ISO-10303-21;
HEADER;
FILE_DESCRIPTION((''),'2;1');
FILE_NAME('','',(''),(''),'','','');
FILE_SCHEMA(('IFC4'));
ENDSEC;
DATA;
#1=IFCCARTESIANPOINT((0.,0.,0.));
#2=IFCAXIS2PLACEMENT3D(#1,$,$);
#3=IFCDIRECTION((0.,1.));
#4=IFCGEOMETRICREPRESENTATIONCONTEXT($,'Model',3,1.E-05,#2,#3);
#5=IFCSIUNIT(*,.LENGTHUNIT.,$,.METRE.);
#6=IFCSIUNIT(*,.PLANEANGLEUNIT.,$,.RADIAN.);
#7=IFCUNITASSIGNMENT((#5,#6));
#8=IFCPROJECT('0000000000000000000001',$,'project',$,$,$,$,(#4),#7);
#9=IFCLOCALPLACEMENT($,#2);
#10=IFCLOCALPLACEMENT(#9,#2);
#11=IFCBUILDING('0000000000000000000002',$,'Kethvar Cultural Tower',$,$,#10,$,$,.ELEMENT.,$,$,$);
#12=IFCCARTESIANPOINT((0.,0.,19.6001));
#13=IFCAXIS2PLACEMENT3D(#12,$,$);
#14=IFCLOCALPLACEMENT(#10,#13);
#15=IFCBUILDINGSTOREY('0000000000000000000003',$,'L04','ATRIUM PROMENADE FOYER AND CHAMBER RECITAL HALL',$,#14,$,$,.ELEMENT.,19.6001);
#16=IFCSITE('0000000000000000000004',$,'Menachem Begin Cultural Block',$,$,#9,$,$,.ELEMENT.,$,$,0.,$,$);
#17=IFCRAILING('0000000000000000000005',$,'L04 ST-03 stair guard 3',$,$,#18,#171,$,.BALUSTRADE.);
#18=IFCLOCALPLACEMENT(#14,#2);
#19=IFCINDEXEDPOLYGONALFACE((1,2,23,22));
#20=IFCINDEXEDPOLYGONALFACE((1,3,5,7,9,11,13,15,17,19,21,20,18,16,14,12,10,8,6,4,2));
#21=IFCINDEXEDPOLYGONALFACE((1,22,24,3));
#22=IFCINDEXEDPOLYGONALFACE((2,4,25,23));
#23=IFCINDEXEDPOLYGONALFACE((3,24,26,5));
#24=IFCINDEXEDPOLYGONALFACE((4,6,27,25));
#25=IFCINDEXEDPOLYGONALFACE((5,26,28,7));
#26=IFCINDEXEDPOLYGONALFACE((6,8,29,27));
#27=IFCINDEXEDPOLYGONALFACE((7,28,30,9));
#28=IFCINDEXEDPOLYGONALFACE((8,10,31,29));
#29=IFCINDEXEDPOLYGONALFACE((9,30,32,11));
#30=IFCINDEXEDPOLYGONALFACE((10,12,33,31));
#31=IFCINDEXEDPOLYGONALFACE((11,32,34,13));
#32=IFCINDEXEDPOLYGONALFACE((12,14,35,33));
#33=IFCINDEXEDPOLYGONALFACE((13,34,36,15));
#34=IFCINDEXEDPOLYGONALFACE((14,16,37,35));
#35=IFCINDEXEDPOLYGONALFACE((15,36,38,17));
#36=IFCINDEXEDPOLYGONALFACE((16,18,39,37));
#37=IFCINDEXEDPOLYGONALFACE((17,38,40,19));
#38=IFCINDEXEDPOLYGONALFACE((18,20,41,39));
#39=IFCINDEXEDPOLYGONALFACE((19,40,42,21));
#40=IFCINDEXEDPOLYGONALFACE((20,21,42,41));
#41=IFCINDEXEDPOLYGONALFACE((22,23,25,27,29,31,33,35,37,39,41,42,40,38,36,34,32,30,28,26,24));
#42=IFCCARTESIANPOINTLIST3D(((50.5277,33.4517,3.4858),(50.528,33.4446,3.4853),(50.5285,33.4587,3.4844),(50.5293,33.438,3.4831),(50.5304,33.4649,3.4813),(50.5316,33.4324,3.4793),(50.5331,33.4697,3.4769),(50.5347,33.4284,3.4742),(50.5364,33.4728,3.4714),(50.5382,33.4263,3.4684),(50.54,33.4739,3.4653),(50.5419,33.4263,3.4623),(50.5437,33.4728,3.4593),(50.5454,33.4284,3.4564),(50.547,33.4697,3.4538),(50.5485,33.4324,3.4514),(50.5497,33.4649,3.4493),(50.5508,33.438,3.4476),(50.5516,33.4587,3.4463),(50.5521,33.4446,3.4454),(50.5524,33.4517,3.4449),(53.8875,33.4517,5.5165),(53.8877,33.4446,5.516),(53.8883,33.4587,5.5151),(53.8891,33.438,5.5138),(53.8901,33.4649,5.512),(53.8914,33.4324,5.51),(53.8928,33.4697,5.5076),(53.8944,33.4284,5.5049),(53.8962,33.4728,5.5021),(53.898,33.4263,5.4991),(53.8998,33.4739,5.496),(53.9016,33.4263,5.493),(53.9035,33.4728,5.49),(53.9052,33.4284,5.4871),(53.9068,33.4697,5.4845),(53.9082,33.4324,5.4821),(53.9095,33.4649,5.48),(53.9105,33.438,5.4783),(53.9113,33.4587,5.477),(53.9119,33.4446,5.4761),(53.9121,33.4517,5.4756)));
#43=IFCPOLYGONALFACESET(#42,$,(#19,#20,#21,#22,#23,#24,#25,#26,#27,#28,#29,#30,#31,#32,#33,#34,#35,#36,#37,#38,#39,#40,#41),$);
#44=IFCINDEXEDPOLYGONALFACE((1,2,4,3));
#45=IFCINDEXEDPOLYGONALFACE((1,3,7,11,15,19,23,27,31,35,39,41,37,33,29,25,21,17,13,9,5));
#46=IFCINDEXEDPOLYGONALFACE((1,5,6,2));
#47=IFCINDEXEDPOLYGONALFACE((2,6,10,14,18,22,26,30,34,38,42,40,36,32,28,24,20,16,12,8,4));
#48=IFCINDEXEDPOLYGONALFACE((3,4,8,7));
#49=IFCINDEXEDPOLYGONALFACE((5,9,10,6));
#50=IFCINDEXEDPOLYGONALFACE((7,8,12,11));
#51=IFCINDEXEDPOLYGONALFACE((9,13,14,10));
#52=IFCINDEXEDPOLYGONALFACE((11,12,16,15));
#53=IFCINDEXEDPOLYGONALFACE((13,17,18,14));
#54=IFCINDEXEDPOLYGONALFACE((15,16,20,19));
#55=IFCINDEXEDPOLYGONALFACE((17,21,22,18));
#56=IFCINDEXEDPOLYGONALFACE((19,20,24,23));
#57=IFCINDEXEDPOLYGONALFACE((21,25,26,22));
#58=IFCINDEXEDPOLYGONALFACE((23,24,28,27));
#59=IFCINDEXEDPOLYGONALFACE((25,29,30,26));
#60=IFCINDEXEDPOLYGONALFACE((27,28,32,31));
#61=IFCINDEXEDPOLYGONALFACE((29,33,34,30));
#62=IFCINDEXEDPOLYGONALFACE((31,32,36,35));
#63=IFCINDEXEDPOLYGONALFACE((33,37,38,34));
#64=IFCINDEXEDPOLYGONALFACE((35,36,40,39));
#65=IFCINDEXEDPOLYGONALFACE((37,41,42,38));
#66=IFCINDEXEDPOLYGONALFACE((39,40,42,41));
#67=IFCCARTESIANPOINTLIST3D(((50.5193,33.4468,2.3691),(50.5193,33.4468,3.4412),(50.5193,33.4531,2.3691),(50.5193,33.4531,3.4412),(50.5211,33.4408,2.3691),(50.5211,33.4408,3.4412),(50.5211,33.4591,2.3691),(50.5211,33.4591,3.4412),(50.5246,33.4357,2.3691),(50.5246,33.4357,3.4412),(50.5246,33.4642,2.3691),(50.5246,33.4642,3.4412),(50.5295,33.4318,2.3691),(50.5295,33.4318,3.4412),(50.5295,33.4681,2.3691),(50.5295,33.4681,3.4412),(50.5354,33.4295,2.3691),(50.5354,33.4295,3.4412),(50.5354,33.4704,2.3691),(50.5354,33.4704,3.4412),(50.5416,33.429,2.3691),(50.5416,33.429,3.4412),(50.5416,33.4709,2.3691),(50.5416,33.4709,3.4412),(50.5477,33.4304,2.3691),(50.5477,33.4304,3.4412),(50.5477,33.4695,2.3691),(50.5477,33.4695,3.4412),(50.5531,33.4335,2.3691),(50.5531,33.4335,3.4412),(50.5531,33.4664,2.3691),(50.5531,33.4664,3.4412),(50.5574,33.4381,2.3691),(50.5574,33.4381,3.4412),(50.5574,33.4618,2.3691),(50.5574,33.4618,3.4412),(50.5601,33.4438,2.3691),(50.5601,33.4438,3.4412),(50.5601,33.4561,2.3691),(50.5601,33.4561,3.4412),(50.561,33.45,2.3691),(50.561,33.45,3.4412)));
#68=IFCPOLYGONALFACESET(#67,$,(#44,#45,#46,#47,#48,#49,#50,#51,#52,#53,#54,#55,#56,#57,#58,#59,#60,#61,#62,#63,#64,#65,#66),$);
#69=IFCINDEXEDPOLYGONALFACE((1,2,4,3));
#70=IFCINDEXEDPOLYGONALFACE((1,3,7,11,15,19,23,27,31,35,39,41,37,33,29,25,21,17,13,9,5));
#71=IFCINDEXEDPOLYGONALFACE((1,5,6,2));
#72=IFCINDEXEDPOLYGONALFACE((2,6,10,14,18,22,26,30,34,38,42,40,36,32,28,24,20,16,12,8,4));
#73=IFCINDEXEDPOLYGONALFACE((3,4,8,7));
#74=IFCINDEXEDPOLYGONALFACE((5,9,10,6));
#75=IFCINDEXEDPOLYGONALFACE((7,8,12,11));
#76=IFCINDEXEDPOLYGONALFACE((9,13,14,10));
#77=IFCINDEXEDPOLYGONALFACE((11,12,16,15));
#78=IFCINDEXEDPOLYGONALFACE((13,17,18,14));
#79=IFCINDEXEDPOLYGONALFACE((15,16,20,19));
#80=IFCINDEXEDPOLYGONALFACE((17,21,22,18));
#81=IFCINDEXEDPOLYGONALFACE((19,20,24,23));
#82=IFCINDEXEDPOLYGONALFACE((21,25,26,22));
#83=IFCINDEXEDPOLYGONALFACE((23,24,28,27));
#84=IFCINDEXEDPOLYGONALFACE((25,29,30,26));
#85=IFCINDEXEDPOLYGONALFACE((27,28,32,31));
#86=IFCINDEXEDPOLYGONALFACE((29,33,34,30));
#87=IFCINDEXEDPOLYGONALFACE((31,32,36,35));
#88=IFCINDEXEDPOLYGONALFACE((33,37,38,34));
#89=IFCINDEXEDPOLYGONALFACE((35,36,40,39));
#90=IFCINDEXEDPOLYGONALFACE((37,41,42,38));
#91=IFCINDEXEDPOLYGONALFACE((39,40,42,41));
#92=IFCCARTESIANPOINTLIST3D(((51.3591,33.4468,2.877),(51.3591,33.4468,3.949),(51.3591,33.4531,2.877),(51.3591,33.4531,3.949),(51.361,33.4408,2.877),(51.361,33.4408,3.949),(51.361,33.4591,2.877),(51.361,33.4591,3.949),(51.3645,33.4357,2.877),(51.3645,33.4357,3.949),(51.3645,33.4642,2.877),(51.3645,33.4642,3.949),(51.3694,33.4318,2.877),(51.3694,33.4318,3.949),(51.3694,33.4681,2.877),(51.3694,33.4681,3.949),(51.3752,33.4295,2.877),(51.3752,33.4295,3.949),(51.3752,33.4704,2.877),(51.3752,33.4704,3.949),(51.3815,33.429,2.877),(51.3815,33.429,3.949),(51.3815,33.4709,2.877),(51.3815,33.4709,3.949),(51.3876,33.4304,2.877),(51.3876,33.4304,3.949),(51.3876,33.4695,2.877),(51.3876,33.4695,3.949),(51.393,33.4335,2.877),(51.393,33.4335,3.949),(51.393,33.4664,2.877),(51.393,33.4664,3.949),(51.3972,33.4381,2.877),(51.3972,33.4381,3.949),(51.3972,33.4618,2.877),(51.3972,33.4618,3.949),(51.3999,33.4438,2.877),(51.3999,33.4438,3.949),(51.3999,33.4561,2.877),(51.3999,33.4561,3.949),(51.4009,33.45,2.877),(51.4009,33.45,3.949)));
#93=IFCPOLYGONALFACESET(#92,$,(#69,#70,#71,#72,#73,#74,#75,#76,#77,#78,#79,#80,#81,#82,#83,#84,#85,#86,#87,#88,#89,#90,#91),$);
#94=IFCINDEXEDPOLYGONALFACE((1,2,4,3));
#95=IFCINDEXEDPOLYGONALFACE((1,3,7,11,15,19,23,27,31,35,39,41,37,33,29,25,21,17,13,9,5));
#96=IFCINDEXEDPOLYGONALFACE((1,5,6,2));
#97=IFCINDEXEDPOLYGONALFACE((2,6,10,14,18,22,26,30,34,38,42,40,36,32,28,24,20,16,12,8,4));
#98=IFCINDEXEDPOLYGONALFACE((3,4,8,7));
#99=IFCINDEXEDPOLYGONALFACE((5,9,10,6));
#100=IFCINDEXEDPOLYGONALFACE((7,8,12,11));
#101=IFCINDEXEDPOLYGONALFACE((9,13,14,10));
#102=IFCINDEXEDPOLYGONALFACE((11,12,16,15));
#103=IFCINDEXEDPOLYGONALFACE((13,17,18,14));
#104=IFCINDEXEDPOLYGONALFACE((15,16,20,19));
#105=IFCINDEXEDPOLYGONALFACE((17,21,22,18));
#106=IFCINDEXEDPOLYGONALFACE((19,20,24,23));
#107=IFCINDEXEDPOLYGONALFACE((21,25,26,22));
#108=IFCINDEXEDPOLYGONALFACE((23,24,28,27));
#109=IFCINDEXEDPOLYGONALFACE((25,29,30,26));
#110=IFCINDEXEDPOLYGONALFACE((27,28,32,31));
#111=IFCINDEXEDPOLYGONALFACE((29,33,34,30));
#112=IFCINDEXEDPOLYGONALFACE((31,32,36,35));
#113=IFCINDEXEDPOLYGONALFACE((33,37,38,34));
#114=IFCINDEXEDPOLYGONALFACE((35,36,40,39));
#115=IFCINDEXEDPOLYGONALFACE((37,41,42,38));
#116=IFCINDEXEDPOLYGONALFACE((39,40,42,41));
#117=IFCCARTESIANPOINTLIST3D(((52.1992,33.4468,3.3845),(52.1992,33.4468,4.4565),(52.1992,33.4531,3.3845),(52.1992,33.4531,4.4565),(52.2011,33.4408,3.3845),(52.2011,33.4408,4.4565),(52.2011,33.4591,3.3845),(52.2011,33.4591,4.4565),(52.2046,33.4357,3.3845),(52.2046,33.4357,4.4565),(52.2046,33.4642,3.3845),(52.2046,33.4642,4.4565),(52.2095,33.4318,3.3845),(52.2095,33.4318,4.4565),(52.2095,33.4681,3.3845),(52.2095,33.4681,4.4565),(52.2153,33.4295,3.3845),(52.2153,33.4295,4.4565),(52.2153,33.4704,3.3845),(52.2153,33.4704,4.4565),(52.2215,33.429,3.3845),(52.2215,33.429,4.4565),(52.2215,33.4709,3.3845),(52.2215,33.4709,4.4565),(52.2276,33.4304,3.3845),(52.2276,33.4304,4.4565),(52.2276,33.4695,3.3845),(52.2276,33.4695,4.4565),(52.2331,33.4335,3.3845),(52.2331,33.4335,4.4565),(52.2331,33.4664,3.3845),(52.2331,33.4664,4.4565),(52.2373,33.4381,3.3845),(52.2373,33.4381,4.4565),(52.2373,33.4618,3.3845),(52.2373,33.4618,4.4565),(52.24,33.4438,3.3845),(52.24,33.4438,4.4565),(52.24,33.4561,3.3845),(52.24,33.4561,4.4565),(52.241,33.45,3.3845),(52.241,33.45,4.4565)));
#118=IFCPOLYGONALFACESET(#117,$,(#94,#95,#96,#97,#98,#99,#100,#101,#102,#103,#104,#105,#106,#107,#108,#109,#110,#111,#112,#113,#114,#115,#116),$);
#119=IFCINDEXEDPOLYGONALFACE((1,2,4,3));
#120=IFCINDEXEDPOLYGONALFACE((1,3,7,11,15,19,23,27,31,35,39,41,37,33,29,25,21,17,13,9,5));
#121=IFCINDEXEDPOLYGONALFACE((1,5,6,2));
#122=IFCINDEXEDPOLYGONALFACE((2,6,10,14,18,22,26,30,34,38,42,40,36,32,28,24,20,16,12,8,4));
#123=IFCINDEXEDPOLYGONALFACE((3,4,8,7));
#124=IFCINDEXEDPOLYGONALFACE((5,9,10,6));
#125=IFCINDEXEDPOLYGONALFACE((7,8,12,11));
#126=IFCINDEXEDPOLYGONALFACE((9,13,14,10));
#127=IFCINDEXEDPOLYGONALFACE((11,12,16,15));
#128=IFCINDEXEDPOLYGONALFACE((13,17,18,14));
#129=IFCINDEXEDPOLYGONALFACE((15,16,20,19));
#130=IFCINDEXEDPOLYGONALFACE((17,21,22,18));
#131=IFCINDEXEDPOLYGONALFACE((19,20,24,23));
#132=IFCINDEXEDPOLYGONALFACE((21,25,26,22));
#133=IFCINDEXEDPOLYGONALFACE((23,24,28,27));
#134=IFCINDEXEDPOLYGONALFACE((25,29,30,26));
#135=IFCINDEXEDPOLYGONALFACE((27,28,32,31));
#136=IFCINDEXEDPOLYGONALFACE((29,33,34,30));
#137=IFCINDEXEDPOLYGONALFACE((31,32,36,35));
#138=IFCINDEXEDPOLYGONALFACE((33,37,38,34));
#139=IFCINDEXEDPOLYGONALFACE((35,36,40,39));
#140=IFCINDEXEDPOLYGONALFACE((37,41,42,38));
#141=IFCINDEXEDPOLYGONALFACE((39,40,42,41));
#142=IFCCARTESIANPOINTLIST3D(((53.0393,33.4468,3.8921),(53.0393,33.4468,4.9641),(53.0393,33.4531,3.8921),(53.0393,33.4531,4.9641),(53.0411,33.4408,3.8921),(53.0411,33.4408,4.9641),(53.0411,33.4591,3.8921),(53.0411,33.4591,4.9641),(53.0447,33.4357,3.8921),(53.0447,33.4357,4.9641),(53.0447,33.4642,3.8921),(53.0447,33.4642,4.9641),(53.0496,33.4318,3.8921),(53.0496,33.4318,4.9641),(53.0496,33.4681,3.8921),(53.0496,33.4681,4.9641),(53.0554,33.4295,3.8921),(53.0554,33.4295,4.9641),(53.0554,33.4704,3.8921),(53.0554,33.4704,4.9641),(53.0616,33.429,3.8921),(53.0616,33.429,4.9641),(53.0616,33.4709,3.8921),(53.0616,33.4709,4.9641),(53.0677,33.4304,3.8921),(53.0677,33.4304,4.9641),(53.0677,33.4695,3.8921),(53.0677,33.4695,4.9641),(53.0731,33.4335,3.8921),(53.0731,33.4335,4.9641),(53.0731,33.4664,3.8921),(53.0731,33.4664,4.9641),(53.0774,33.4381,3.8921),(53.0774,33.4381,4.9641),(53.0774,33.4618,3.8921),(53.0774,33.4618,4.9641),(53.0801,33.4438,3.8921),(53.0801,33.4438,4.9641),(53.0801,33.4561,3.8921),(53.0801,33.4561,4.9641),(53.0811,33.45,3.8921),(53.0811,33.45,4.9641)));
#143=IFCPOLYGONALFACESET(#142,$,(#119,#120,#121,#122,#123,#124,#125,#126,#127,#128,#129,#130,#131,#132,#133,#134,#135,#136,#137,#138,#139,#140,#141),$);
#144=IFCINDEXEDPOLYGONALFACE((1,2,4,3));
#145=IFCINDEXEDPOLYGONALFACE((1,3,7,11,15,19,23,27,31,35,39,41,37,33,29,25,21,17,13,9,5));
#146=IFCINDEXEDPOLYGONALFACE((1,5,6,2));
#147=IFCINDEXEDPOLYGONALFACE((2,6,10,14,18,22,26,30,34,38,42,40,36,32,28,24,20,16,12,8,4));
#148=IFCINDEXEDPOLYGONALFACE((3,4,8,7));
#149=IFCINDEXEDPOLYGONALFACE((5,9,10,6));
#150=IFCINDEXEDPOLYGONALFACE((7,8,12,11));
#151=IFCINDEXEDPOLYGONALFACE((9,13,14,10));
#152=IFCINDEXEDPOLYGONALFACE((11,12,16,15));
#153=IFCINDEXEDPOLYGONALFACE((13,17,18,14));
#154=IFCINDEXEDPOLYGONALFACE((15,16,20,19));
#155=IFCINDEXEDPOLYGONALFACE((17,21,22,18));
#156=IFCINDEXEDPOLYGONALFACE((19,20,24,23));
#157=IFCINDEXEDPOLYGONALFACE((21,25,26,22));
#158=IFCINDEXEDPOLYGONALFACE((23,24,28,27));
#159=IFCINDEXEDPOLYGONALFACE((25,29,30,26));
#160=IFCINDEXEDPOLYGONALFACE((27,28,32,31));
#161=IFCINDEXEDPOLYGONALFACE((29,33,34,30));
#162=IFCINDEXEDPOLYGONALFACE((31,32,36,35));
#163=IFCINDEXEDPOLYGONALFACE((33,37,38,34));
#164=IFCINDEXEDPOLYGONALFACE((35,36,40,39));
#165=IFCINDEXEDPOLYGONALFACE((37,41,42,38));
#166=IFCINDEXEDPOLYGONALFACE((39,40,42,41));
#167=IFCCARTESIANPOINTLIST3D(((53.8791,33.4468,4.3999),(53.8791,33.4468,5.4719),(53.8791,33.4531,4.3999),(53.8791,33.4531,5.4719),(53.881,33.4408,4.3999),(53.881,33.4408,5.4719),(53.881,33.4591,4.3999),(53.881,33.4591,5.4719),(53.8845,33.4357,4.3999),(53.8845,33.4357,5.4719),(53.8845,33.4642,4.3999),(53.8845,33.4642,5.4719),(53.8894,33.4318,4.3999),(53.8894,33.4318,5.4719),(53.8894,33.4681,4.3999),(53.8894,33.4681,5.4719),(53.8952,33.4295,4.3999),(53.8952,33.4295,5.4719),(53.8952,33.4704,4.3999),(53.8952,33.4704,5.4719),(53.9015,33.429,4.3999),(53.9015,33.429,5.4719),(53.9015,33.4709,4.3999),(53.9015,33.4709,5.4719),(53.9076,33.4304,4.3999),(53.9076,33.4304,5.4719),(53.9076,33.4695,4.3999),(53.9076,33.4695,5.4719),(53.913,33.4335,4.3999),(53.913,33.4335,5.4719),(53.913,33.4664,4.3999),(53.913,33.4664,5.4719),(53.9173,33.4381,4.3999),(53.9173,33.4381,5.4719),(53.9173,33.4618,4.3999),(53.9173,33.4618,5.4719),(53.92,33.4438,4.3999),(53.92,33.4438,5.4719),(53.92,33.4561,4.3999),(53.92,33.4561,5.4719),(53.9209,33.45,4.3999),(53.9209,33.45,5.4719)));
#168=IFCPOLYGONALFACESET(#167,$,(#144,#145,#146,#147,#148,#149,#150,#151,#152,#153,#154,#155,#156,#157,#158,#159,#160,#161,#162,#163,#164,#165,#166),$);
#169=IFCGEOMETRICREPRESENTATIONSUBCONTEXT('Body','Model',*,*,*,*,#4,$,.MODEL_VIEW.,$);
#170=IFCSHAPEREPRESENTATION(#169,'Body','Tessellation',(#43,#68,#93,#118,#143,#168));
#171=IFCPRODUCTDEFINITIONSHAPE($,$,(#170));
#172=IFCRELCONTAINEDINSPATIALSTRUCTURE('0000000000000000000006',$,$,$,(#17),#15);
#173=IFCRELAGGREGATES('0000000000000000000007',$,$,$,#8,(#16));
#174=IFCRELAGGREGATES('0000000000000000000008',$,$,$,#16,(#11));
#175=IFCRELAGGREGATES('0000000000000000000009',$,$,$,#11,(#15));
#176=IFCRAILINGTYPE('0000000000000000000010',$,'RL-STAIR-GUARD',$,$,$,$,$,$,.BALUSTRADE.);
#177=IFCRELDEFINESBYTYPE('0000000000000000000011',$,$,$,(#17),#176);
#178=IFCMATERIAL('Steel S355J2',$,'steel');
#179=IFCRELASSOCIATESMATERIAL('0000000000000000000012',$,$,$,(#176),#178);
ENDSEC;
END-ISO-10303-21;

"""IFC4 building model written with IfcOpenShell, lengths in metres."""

from ifc_helpers import new_model, si_unit, direction, frame, origin, origin_2d, place, context, subcontext, project, spatial, circle, extrude, material, type_object, element, save


model = new_model("IFC4")

# Units and contexts
model_context = context("Model", 3, precision=1e-05, world=origin(), true_north=direction((0.0, 1.0)))
body_context = subcontext(model_context, "Body", "Model", "MODEL_VIEW")
ifc_project = project(units=[si_unit("LENGTHUNIT", "METRE"), si_unit("PLANEANGLEUNIT", "RADIAN")], contexts=[model_context])

# Site, building, storey
site_placement = place(None, origin())
site = spatial("IfcSite", under=ifc_project, at=site_placement, Name="Menachem Begin Cultural Block", CompositionType="ELEMENT", RefElevation=0.0)
building_placement = place(site_placement, origin())
building = spatial("IfcBuilding", under=site, at=building_placement, Name="Kethvar Cultural Tower", CompositionType="ELEMENT")
storey_placement = place(building_placement, frame((0.0, 0.0, 19.6001)))
storey = spatial("IfcBuildingStorey", under=building, at=storey_placement, Name="L04", Description="ATRIUM PROMENADE FOYER AND CHAMBER RECITAL HALL", CompositionType="ELEMENT", Elevation=19.6001)

# Shared definitions
ifc_material_1 = material(Name="Steel S355J2", Category="steel")

# Railing
railing_type_1 = type_object("IfcRailingType", Name="RL-STAIR-GUARD", PredefinedType="BALUSTRADE", material=ifc_material_1)
railing_1_placement = place(storey_placement, frame((50.54, 33.45, 2.3691)))
element("IfcRailing", 1, at=railing_1_placement, inside=storey, type_object=railing_type_1, Name="L04 ST-03 stair guard 3", PredefinedType="BALUSTRADE", context=body_context, shape_type="SweptSolid", body=[
    extrude(circle(Radius=0.0239, at=origin_2d()), frame((0.0, 0.0, 1.0962), z_axis=(0.85582, 0.0, 0.517273), x_axis=(0.0, 1.0, 0.0)), (0.0, 0.0, 1.0), 3.9258),
    extrude(circle(Radius=0.021, at=origin_2d()), origin(), (0.0, 0.0, 1.0), 1.072),
    extrude(circle(Radius=0.021, at=origin_2d()), frame((0.8398, 0.0, 0.5078)), (0.0, 0.0, 1.0), 1.072),
    extrude(circle(Radius=0.021, at=origin_2d()), frame((1.6799, 0.0, 1.0154)), (0.0, 0.0, 1.0), 1.072),
    extrude(circle(Radius=0.021, at=origin_2d()), frame((2.52, 0.0, 1.5229)), (0.0, 0.0, 1.0), 1.072),
    extrude(circle(Radius=0.021, at=origin_2d()), frame((3.3599, 0.0, 2.0308)), (0.0, 0.0, 1.0), 1.072),
])

save(model, "model.ifc")
